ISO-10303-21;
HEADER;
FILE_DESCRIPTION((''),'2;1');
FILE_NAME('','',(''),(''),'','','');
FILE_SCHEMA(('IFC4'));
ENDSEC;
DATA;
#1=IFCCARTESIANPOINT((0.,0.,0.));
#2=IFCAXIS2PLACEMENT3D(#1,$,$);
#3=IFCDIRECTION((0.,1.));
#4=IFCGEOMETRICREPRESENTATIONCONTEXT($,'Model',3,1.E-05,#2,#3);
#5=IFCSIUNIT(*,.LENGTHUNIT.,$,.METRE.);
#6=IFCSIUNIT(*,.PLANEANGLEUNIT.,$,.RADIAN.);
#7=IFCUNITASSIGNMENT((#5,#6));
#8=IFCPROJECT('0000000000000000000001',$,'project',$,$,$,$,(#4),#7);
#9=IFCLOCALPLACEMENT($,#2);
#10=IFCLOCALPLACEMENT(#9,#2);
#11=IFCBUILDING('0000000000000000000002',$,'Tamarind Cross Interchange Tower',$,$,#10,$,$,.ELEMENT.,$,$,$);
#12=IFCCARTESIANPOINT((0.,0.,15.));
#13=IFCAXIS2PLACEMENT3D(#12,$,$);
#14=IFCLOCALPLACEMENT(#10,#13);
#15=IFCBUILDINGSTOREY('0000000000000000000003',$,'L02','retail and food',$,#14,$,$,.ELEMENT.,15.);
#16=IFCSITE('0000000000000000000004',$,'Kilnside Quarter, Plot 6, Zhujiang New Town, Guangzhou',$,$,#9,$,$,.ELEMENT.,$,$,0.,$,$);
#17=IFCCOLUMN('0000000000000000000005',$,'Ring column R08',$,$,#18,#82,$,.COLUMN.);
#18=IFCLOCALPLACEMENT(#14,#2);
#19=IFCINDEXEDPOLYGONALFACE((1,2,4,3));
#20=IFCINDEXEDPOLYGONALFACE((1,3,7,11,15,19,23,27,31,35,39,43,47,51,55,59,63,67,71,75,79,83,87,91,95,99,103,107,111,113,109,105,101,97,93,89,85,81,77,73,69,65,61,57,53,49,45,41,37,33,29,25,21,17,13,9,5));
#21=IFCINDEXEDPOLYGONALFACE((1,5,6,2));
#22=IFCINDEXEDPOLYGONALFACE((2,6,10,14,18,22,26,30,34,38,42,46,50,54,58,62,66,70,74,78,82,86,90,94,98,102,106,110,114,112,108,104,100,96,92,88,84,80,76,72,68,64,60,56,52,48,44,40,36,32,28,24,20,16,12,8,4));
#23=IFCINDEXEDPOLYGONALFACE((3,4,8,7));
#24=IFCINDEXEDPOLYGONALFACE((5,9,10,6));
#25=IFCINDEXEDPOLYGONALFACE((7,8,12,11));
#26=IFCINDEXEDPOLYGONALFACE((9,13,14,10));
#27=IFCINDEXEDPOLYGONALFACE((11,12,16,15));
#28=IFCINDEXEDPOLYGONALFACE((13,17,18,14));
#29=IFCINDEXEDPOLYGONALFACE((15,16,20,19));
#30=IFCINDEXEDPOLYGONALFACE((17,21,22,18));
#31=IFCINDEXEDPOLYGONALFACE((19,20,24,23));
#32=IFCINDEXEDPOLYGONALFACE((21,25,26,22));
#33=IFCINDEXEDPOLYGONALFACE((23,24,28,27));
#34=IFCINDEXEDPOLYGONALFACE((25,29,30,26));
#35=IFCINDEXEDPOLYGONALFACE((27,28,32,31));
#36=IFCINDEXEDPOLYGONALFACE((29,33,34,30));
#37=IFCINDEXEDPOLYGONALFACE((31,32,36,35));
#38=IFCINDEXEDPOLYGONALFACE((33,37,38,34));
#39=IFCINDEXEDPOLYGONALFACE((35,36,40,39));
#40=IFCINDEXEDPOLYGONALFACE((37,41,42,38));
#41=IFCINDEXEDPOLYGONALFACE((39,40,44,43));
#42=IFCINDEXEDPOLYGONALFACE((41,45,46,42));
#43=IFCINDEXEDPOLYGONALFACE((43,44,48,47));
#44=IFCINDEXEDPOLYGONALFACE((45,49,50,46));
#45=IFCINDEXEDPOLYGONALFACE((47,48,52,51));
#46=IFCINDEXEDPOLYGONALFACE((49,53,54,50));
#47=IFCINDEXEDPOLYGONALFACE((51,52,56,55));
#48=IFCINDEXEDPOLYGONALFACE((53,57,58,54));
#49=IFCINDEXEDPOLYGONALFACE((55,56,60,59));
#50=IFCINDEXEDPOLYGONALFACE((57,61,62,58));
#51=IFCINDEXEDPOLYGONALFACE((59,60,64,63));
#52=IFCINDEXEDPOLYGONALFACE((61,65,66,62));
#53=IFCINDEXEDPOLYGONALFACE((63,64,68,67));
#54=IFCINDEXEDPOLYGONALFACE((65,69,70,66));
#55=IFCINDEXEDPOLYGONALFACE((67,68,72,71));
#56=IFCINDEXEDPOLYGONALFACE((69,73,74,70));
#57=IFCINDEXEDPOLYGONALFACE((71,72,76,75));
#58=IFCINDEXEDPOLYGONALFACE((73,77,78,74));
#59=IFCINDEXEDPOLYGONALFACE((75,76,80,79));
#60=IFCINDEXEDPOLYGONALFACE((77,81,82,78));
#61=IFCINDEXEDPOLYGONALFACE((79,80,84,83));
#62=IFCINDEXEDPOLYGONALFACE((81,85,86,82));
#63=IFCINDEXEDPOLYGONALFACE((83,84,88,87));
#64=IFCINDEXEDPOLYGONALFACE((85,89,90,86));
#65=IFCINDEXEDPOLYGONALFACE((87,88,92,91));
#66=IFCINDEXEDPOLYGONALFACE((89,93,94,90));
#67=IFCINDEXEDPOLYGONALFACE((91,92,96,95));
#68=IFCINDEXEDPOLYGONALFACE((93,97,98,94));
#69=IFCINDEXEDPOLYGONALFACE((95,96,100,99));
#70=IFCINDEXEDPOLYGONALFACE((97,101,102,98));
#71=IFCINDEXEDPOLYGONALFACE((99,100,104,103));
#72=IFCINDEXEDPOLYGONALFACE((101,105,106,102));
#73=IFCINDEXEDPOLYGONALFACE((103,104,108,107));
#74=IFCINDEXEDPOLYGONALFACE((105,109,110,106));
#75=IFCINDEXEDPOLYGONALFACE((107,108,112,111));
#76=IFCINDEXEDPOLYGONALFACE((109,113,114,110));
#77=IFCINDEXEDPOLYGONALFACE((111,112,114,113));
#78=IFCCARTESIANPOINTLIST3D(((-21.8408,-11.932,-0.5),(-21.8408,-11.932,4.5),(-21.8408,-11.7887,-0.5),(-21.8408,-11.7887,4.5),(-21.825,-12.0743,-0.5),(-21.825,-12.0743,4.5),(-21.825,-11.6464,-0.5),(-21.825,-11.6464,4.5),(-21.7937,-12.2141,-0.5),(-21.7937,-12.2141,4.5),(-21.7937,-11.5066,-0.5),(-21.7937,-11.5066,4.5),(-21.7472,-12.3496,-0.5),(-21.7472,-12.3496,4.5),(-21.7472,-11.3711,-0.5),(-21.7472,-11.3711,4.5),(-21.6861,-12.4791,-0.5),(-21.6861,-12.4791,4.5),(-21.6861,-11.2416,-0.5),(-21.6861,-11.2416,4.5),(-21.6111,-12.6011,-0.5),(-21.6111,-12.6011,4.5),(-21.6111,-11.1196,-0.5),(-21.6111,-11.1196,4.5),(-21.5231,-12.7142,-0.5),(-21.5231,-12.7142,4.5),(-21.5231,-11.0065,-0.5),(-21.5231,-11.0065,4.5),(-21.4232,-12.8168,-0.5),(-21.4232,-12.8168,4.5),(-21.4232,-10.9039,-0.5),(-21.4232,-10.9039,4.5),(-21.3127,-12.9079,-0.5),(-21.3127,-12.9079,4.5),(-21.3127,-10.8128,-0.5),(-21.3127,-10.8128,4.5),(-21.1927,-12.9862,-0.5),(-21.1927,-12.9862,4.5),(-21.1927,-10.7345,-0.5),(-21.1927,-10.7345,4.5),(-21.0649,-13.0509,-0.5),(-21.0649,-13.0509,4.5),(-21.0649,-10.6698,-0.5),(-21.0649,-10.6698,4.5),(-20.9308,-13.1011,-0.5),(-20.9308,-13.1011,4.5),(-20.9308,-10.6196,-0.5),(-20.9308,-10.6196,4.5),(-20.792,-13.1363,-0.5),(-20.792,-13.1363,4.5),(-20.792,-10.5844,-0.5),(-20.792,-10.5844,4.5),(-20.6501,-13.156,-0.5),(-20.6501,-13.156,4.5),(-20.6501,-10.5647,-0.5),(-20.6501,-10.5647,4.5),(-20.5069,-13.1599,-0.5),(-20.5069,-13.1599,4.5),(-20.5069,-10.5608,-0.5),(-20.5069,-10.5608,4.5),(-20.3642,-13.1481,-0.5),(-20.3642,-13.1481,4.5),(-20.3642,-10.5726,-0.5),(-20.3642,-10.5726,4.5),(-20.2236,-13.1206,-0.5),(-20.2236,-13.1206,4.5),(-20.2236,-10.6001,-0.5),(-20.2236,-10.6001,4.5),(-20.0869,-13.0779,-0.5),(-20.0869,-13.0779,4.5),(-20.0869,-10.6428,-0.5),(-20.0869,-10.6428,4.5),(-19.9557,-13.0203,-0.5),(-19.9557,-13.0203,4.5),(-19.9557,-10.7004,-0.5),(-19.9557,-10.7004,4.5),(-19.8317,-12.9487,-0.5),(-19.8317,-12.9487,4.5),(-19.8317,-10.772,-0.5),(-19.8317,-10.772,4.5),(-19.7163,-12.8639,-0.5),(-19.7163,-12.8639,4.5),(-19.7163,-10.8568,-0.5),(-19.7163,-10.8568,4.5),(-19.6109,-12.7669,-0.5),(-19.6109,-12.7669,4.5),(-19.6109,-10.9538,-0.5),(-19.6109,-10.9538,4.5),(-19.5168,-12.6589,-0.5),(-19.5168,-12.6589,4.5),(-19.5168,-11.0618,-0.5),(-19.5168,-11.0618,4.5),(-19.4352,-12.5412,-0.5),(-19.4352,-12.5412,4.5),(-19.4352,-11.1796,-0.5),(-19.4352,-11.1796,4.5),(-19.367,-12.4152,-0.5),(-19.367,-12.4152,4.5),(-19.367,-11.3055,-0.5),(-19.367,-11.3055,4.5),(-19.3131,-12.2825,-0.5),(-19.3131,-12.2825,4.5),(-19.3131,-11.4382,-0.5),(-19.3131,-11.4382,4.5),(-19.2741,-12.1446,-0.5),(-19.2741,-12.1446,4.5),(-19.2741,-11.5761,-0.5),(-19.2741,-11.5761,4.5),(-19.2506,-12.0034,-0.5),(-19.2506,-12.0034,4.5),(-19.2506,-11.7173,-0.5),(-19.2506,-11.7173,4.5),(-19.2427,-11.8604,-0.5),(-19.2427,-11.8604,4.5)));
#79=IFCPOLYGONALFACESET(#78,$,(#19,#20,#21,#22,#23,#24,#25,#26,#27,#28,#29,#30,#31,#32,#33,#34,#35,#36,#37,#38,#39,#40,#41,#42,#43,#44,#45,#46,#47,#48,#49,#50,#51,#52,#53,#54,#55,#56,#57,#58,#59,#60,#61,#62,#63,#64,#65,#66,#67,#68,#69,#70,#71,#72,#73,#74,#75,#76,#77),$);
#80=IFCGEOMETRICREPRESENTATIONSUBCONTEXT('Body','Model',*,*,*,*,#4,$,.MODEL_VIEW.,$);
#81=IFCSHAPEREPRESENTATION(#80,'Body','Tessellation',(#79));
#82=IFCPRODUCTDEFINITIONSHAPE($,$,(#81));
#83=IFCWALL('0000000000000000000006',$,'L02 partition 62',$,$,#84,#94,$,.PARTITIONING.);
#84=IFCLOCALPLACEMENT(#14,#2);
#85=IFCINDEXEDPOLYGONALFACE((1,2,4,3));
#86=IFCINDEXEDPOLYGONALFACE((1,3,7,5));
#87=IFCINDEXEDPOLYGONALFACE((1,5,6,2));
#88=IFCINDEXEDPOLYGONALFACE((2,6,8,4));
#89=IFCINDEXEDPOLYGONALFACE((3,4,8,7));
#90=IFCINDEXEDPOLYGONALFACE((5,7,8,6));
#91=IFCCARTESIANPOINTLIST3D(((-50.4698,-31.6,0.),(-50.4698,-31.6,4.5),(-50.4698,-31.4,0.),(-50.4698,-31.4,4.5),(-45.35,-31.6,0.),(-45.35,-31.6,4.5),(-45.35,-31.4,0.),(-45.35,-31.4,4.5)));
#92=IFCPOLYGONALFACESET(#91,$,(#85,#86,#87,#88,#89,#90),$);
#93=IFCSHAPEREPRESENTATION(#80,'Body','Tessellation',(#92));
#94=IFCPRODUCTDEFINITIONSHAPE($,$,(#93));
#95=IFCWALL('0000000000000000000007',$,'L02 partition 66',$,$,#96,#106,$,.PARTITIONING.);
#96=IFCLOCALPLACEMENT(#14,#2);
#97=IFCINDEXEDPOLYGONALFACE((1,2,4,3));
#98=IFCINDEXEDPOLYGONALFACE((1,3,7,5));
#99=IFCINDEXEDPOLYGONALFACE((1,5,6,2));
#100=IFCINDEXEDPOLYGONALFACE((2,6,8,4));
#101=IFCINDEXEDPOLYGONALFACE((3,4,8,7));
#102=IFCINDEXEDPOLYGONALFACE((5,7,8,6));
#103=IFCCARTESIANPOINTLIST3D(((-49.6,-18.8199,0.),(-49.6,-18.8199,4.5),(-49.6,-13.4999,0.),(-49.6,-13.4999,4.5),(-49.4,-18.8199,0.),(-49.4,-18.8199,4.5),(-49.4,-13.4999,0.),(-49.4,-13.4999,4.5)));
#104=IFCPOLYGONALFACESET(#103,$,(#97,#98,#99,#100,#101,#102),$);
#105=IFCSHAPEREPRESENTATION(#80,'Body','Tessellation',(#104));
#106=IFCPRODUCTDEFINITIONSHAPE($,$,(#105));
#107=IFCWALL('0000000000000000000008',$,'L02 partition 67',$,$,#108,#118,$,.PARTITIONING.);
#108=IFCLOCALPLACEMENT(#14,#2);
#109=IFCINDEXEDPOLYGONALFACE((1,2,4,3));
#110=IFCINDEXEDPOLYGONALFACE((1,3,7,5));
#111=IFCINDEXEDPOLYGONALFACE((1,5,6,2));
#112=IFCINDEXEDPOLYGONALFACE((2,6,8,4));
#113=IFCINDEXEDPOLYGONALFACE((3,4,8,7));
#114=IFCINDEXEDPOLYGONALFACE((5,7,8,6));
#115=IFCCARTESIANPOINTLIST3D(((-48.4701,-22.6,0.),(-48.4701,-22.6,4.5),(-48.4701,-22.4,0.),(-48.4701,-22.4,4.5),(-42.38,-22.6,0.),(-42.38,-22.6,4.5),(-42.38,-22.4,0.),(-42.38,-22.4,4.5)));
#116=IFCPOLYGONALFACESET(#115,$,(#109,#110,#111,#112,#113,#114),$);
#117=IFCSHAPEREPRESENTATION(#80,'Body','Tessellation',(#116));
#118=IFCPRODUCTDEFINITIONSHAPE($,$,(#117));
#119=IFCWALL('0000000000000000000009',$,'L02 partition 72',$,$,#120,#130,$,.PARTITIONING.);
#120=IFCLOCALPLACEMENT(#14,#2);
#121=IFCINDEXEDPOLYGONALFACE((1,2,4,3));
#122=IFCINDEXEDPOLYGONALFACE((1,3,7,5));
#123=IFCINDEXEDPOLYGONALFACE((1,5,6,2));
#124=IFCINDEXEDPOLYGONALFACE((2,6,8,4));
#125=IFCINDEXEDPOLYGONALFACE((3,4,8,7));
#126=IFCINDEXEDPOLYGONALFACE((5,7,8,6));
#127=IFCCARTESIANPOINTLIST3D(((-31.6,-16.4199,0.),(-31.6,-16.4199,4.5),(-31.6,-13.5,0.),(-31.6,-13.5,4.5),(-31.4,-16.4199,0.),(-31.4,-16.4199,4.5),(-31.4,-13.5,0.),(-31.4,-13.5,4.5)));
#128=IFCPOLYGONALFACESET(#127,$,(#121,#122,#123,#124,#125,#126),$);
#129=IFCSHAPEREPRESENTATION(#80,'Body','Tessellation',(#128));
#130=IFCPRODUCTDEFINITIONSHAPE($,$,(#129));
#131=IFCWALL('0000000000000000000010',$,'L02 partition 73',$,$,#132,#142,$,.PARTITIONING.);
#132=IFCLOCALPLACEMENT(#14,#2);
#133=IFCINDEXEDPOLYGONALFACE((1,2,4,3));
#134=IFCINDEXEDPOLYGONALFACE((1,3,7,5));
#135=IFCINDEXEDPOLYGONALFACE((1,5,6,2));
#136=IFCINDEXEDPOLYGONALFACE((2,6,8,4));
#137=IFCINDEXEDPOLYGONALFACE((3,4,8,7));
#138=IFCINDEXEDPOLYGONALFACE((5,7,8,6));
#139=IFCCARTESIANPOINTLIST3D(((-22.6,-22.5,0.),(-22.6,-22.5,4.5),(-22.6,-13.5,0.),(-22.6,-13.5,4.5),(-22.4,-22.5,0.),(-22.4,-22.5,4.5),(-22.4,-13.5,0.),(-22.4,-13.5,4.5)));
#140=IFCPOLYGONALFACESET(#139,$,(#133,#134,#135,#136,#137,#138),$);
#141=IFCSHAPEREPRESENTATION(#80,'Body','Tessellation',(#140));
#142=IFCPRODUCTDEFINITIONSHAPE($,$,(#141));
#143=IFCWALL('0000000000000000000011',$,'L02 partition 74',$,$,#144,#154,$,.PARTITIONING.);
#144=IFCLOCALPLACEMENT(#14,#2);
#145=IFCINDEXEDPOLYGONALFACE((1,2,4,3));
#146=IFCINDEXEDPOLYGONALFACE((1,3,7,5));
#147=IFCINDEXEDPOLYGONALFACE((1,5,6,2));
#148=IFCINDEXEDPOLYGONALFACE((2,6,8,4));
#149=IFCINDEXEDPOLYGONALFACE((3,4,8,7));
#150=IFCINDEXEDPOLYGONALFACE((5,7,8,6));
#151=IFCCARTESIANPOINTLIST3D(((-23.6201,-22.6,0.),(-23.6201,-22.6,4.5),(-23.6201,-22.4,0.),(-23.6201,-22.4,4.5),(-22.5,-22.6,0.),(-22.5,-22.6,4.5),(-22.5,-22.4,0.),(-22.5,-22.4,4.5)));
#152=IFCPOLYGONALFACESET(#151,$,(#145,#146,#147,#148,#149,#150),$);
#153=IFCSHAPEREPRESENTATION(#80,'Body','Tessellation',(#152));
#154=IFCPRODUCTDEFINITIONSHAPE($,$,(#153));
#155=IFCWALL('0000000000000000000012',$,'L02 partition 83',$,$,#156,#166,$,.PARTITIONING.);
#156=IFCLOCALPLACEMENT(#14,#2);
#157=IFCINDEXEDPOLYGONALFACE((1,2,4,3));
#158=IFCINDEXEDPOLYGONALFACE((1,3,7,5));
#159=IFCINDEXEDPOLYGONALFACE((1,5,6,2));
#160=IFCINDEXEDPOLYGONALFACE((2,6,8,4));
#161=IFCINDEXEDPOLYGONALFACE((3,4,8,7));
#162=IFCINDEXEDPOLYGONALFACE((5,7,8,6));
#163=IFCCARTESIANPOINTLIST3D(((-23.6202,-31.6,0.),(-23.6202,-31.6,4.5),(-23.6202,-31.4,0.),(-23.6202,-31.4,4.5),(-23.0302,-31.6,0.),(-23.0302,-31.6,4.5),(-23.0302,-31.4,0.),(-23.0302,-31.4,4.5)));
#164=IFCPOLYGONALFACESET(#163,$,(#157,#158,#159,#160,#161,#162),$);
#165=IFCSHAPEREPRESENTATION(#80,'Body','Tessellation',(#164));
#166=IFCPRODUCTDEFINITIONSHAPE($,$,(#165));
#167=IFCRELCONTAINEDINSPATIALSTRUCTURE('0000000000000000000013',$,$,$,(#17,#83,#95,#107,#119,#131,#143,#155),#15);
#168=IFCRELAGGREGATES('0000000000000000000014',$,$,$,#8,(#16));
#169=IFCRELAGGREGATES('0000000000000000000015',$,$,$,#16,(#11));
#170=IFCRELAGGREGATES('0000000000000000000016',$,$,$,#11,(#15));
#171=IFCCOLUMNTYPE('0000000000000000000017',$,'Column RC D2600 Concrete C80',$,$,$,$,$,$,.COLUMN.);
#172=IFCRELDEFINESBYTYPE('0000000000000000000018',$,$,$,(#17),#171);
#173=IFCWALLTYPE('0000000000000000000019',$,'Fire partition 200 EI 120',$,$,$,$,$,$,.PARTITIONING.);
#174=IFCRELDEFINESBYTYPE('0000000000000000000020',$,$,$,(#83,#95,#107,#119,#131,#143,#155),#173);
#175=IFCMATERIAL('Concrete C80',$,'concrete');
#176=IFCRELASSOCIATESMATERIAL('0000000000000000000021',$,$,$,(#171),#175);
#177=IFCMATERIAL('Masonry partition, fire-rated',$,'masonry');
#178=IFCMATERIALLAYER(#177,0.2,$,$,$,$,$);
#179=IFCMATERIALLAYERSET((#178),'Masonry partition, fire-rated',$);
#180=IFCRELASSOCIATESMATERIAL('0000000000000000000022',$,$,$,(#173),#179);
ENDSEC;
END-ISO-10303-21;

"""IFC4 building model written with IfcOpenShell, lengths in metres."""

from ifc_helpers import new_model, si_unit, direction, frame, frame_2d, origin, origin_2d, place, context, subcontext, project, spatial, rectangle, circle, extrude, material, layer, layer_set, material_profile, profile_set, type_object, element, save


model = new_model("IFC4")

# Units and contexts
model_context = context("Model", 3, precision=1e-05, world=origin(), true_north=direction((0.0, 1.0)))
body_context = subcontext(model_context, "Body", "Model", "MODEL_VIEW")
ifc_project = project(units=[si_unit("LENGTHUNIT", "METRE"), si_unit("PLANEANGLEUNIT", "RADIAN")], contexts=[model_context])

# Site, building, storey
site_placement = place(None, origin())
site = spatial("IfcSite", under=ifc_project, at=site_placement, Name="Kilnside Quarter, Plot 6, Zhujiang New Town, Guangzhou", CompositionType="ELEMENT", RefElevation=0.0)
building_placement = place(site_placement, origin())
building = spatial("IfcBuilding", under=site, at=building_placement, Name="Tamarind Cross Interchange Tower", CompositionType="ELEMENT")
storey_placement = place(building_placement, frame((0.0, 0.0, 15.0)))
storey = spatial("IfcBuildingStorey", under=building, at=storey_placement, Name="L02", Description="retail and food", CompositionType="ELEMENT", Elevation=15.0)

# Column
ifc_material_1 = material(Name="Concrete C80", Category="concrete")
ifc_material_profile_1 = material_profile(ifc_material_1, circle(Radius=1.3, at=origin_2d()), Name="RC D2600")
ifc_profile_set_1 = profile_set([ifc_material_profile_1], Name="Concrete C80")
column_type_1 = type_object("IfcColumnType", Name="Column RC D2600 Concrete C80", PredefinedType="COLUMN", material=ifc_profile_set_1)
for number, where, z_axis, x_axis, name in (
    (1, (-20.5427, -11.8604, -0.5), (0.0, 0.0, 1.0), (1.0, 0.0, 0.0), "Ring column R08"),
):
    element("IfcColumn", number, at=place(storey_placement, frame(where, z_axis=z_axis, x_axis=x_axis)), inside=storey, type_object=column_type_1, Name=name, PredefinedType="COLUMN", context=body_context, shape_type="SweptSolid", body=[
        extrude(circle(Radius=1.3, at=origin_2d()), origin(), (0.0, 0.0, 1.0), 5.0),
    ])

# Walls
ifc_material_2 = material(Name="Masonry partition, fire-rated", Category="masonry")
ifc_layer_1 = layer(ifc_material_2, 0.2)
ifc_layer_set_1 = layer_set([ifc_layer_1], Name="Masonry partition, fire-rated")
wall_type_1 = type_object("IfcWallType", Name="Fire partition 200 EI 120", PredefinedType="PARTITIONING", material=ifc_layer_set_1)
wall_1_placement = place(storey_placement, frame((-50.47, -31.5, 0.0), z_axis=(0.0, 0.0, 1.0), x_axis=(1.0, 0.0, 0.0)))
element("IfcWall", 2, at=wall_1_placement, inside=storey, type_object=wall_type_1, Name="L02 partition 62", PredefinedType="PARTITIONING", context=body_context, shape_type="SweptSolid", body=[
    extrude(rectangle(XDim=5.1199, YDim=0.2, at=frame_2d((2.5601, 0.0))), origin(), (0.0, 0.0, 1.0), 4.5),
])
wall_2_placement = place(storey_placement, frame((-49.5, -18.8201, 0.0), z_axis=(0.0, 0.0, 1.0), x_axis=(0.0, 1.0, 0.0)))
element("IfcWall", 3, at=wall_2_placement, inside=storey, type_object=wall_type_1, Name="L02 partition 66", PredefinedType="PARTITIONING", context=body_context, shape_type="SweptSolid", body=[
    extrude(rectangle(XDim=5.3201, YDim=0.2, at=frame_2d((2.6602, 0.0))), origin(), (0.0, 0.0, 1.0), 4.5),
])
wall_3_placement = place(storey_placement, frame((-48.47, -22.5, 0.0), z_axis=(0.0, 0.0, 1.0), x_axis=(1.0, 0.0, 0.0)))
element("IfcWall", 4, at=wall_3_placement, inside=storey, type_object=wall_type_1, Name="L02 partition 67", PredefinedType="PARTITIONING", context=body_context, shape_type="SweptSolid", body=[
    extrude(rectangle(XDim=6.0901, YDim=0.2, at=frame_2d((3.0449, 0.0))), origin(), (0.0, 0.0, 1.0), 4.5),
])
wall_4_placement = place(storey_placement, frame((-31.5, -16.4199, 0.0), z_axis=(0.0, 0.0, 1.0), x_axis=(0.0, 1.0, 0.0)))
element("IfcWall", 5, at=wall_4_placement, inside=storey, type_object=wall_type_1, Name="L02 partition 72", PredefinedType="PARTITIONING", context=body_context, shape_type="SweptSolid", body=[
    extrude(rectangle(XDim=2.9199, YDim=0.2, at=frame_2d((1.46, 0.0))), origin(), (0.0, 0.0, 1.0), 4.5),
])
wall_5_placement = place(storey_placement, frame((-22.5, -22.5, 0.0), z_axis=(0.0, 0.0, 1.0), x_axis=(0.0, 1.0, 0.0)))
element("IfcWall", 6, at=wall_5_placement, inside=storey, type_object=wall_type_1, Name="L02 partition 73", PredefinedType="PARTITIONING", context=body_context, shape_type="SweptSolid", body=[
    extrude(rectangle(XDim=9.0, YDim=0.2, at=frame_2d((4.5, 0.0))), origin(), (0.0, 0.0, 1.0), 4.5),
])
wall_6_placement = place(storey_placement, frame((-23.6201, -22.5, 0.0), z_axis=(0.0, 0.0, 1.0), x_axis=(1.0, 0.0, 0.0)))
element("IfcWall", 7, at=wall_6_placement, inside=storey, type_object=wall_type_1, Name="L02 partition 74", PredefinedType="PARTITIONING", context=body_context, shape_type="SweptSolid", body=[
    extrude(rectangle(XDim=1.1201, YDim=0.2, at=frame_2d((0.5601, 0.0))), origin(), (0.0, 0.0, 1.0), 4.5),
])
wall_7_placement = place(storey_placement, frame((-23.6201, -31.5, 0.0), z_axis=(0.0, 0.0, 1.0), x_axis=(1.0, 0.0, 0.0)))
element("IfcWall", 8, at=wall_7_placement, inside=storey, type_object=wall_type_1, Name="L02 partition 83", PredefinedType="PARTITIONING", context=body_context, shape_type="SweptSolid", body=[
    extrude(rectangle(XDim=0.5901, YDim=0.2, at=frame_2d((0.2949, 0.0))), origin(), (0.0, 0.0, 1.0), 4.5),
])

save(model, "model.ifc")
